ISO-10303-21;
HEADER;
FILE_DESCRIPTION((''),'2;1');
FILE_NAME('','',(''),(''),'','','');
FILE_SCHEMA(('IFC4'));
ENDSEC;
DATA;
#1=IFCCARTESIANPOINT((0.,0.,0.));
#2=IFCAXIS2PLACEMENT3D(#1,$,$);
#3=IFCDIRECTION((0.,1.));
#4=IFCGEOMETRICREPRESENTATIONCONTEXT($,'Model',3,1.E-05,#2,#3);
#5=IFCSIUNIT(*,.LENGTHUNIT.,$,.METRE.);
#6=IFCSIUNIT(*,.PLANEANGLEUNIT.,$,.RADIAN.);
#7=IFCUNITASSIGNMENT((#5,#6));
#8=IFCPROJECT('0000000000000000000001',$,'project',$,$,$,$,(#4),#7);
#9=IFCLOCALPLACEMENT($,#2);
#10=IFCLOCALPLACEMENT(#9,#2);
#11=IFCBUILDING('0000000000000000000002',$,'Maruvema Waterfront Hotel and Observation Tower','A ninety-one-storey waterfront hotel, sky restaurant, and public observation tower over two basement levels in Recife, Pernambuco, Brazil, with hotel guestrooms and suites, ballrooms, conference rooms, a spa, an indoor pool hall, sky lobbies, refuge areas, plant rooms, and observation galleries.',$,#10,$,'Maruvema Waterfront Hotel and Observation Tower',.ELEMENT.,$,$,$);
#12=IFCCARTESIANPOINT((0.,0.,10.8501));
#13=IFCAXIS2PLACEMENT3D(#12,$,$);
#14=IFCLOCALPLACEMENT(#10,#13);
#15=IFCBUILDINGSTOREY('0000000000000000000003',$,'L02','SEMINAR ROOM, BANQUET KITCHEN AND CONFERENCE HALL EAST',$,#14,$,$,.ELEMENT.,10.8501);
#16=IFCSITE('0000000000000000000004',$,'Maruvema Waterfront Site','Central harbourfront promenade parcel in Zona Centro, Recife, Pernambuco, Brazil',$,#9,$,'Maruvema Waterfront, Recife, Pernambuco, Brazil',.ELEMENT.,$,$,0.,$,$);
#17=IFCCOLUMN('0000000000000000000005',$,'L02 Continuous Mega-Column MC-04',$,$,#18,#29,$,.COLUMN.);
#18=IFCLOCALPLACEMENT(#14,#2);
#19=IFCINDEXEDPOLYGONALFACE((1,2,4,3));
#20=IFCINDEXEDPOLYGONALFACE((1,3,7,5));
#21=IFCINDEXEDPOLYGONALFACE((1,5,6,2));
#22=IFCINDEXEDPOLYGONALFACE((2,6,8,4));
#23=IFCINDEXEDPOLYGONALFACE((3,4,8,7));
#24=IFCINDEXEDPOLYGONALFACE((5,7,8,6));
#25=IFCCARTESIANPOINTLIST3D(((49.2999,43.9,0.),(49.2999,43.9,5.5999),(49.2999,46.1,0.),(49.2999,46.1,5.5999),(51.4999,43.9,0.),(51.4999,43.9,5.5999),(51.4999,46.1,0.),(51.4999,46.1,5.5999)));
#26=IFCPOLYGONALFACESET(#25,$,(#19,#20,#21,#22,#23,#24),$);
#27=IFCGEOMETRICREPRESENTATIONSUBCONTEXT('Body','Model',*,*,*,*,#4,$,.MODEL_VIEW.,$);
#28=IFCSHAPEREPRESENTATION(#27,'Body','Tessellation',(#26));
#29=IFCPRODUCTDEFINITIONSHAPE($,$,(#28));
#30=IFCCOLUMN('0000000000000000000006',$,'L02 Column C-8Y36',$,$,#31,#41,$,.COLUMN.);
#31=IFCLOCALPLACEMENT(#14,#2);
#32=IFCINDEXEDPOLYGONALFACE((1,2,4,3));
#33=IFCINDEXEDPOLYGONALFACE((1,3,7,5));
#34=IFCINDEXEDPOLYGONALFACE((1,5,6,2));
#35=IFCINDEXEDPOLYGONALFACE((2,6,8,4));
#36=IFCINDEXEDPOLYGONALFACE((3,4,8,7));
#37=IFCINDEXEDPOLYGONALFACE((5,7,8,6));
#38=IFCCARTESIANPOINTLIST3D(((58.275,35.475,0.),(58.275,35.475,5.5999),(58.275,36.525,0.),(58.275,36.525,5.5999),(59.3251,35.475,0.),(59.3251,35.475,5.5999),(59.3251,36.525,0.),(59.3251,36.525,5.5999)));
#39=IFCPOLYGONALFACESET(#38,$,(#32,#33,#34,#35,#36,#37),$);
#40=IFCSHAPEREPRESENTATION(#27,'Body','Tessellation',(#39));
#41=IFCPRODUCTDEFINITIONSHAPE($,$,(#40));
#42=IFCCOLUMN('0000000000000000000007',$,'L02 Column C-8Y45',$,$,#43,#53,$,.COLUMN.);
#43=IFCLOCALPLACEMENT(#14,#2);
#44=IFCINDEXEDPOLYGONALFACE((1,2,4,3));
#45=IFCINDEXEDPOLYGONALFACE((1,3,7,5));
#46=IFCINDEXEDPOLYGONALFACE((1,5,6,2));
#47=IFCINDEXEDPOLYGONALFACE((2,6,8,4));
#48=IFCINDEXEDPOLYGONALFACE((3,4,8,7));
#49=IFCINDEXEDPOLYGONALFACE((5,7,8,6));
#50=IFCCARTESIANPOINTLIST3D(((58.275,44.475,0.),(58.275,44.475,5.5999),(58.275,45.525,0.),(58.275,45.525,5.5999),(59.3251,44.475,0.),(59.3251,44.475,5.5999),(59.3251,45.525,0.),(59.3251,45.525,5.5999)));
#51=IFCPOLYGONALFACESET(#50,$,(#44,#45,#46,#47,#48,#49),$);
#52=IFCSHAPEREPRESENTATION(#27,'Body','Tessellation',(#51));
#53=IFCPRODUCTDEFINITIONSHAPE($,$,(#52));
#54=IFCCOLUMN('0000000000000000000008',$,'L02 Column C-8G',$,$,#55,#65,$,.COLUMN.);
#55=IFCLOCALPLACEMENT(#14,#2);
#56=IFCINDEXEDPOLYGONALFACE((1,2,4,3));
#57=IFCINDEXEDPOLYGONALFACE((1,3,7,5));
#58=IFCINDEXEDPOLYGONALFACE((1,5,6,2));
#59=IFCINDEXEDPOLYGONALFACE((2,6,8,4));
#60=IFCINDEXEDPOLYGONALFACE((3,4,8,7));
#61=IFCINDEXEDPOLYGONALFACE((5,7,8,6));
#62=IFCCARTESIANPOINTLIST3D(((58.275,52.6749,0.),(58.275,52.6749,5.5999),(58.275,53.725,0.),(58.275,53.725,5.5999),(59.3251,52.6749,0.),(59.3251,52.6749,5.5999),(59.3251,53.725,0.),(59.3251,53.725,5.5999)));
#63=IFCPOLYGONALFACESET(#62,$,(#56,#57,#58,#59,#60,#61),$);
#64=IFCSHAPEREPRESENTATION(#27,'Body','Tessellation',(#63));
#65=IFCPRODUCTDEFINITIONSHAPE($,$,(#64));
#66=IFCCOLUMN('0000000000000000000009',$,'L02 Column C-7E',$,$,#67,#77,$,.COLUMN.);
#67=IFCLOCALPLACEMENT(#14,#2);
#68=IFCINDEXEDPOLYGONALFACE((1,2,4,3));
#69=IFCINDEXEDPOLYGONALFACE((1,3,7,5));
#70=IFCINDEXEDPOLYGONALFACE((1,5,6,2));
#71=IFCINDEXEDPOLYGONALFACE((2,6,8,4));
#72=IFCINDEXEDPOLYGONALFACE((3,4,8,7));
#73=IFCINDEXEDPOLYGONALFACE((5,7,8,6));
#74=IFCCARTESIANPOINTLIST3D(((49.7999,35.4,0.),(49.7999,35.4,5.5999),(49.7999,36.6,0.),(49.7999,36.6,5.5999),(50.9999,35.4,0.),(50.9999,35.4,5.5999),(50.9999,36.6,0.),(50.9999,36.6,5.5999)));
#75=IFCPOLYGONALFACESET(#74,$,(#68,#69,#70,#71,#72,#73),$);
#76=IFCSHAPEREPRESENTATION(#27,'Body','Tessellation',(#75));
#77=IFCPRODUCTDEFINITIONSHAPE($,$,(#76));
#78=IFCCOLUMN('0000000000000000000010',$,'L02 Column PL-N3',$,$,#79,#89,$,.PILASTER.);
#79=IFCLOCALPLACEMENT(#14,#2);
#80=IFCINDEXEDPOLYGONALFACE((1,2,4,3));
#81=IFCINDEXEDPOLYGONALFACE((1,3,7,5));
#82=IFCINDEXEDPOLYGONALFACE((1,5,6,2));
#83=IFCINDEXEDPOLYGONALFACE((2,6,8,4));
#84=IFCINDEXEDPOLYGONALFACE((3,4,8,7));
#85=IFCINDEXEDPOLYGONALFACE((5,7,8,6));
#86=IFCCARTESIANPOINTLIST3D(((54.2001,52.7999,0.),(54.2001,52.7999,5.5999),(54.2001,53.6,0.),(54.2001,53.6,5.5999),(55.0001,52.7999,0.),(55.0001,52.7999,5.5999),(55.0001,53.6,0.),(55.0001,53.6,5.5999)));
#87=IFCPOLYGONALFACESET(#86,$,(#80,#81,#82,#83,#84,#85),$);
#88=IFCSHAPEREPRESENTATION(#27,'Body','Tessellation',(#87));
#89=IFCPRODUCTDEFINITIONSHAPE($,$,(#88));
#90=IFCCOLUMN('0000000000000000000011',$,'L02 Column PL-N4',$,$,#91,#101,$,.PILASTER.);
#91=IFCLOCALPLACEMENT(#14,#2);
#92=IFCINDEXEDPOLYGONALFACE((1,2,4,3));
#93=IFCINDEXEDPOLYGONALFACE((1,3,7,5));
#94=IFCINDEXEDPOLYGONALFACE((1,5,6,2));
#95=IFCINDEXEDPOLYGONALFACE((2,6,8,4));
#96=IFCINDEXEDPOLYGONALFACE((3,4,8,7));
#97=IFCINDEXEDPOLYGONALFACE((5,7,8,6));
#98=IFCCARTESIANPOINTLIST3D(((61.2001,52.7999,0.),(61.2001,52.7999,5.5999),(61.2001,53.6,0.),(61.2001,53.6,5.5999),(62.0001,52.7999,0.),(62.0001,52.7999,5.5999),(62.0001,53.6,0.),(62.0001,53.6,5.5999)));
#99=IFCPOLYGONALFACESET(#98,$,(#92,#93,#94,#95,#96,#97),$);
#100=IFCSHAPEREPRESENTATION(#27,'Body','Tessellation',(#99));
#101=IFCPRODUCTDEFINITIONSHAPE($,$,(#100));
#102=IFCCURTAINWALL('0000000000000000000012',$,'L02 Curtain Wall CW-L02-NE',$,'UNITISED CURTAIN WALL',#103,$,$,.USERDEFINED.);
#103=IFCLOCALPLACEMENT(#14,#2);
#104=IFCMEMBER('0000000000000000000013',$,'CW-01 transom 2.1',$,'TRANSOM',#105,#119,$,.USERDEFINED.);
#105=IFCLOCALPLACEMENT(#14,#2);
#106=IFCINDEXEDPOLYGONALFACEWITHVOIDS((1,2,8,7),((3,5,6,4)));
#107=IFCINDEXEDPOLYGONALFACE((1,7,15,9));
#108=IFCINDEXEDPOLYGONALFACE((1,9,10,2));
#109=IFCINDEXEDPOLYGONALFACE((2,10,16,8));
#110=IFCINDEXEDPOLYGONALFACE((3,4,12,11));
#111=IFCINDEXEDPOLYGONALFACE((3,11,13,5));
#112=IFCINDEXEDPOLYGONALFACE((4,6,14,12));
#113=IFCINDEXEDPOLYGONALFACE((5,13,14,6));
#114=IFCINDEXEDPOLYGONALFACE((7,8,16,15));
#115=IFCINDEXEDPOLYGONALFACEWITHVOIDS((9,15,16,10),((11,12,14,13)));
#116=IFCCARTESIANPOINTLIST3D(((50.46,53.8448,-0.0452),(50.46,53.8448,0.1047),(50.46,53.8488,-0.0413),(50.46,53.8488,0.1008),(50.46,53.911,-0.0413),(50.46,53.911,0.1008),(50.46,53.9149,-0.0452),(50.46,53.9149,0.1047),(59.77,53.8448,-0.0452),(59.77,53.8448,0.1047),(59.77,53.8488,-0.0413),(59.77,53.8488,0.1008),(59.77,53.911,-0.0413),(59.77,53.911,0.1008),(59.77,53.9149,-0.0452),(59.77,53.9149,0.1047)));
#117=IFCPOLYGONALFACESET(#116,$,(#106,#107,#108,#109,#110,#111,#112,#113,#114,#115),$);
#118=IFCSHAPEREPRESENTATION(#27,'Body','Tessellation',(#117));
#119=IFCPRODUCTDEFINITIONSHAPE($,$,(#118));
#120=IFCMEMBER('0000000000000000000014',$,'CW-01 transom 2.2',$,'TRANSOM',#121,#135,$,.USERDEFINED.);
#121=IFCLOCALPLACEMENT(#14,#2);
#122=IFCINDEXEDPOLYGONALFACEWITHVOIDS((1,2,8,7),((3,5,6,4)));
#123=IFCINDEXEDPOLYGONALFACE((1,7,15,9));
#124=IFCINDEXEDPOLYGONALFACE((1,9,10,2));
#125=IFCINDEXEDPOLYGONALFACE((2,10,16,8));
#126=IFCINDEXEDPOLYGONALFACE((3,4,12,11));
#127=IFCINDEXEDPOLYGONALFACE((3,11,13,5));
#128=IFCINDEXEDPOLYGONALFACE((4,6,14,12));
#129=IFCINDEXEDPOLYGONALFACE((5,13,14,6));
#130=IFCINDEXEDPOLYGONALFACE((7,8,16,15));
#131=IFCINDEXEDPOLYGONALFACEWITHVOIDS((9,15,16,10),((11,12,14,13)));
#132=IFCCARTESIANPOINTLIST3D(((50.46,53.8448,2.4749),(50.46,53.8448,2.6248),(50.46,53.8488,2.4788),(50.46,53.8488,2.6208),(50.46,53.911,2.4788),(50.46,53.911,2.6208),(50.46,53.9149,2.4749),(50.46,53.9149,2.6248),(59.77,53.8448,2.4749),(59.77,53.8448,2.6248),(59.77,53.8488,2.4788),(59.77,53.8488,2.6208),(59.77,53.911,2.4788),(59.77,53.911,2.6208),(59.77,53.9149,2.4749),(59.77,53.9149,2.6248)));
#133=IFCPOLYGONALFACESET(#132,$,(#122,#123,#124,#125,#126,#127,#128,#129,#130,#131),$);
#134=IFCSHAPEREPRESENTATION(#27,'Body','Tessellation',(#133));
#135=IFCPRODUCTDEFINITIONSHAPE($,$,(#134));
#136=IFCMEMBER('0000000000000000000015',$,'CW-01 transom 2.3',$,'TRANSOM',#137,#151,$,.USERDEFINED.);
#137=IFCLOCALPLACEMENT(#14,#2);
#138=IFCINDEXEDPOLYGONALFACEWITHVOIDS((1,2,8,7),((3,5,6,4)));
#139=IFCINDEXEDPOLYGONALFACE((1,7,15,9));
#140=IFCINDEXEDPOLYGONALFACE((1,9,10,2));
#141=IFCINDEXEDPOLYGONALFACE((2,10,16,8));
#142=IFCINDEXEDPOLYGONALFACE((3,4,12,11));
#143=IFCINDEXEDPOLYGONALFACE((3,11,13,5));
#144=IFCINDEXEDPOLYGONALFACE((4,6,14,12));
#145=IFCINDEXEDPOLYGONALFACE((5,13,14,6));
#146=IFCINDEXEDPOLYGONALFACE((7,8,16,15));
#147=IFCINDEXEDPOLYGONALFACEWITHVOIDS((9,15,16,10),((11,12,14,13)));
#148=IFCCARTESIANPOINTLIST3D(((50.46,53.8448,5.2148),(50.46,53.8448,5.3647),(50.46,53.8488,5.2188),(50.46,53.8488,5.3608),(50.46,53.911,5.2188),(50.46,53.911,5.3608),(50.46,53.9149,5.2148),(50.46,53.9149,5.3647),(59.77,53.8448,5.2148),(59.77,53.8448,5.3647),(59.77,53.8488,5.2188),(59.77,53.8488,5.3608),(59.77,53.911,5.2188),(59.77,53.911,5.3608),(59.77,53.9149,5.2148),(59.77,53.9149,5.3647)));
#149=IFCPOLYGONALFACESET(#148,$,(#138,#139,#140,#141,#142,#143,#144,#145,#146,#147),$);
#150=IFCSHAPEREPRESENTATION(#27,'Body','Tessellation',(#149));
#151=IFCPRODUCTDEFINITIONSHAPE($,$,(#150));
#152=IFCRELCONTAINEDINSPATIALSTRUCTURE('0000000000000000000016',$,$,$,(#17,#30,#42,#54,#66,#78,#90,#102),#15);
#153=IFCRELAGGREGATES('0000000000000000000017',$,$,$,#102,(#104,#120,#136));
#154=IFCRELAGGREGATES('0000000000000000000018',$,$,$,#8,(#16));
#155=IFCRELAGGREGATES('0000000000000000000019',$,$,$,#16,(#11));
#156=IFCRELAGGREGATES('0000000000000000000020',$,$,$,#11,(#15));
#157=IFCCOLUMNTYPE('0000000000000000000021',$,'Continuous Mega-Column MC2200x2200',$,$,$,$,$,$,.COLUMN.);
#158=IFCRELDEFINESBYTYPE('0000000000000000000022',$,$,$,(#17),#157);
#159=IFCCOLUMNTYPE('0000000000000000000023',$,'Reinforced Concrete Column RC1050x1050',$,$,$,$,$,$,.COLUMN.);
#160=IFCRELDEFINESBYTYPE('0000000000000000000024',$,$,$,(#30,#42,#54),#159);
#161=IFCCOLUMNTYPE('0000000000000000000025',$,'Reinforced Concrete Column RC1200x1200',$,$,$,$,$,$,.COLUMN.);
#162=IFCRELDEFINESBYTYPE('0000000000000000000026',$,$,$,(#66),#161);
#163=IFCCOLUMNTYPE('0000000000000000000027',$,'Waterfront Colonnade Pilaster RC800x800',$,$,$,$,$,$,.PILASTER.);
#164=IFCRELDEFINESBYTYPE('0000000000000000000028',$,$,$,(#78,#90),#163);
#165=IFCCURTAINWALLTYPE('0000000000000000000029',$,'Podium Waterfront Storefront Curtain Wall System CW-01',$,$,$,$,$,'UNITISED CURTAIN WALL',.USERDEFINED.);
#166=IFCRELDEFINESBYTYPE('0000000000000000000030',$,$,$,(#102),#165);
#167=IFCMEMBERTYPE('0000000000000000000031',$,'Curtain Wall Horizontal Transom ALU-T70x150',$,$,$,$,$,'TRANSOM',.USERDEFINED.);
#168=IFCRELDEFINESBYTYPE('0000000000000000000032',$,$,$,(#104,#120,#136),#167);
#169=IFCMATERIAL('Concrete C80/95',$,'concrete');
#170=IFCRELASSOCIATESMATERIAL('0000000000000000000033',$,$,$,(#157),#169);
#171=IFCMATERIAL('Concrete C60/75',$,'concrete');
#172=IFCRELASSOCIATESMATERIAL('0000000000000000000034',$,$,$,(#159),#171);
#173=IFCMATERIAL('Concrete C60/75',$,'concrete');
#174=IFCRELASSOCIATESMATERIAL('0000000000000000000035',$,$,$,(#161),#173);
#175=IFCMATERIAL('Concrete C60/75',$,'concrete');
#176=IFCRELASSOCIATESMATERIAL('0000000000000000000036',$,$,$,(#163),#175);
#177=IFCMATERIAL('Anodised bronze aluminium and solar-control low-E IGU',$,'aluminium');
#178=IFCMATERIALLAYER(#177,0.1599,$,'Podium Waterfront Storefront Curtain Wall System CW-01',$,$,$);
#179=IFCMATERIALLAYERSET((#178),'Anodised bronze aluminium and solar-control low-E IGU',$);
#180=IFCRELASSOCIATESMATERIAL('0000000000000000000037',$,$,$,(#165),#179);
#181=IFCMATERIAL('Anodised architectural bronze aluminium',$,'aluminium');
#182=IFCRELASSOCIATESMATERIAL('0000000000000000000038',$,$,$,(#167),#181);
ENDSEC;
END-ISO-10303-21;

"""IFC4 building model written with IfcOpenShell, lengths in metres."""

from ifc_helpers import new_model, si_unit, direction, frame, origin, origin_2d, place, context, subcontext, project, spatial, rectangle, hollow_rectangle, extrude, material, layer, layer_set, material_profile, profile_set, type_object, element, aggregate, save


model = new_model("IFC4")

# Units and contexts
model_context = context("Model", 3, precision=1e-05, world=origin(), true_north=direction((0.0, 1.0)))
body_context = subcontext(model_context, "Body", "Model", "MODEL_VIEW")
ifc_project = project(units=[si_unit("LENGTHUNIT", "METRE"), si_unit("PLANEANGLEUNIT", "RADIAN")], contexts=[model_context])

# Site, building, storey
site_placement = place(None, origin())
site = spatial("IfcSite", under=ifc_project, at=site_placement, Name="Maruvema Waterfront Site", Description="Central harbourfront promenade parcel in Zona Centro, Recife, Pernambuco, Brazil", LongName="Maruvema Waterfront, Recife, Pernambuco, Brazil", CompositionType="ELEMENT", RefElevation=0.0)
building_placement = place(site_placement, origin())
building = spatial("IfcBuilding", under=site, at=building_placement, Name="Maruvema Waterfront Hotel and Observation Tower", Description="A ninety-one-storey waterfront hotel, sky restaurant, and public observation tower over two basement levels in Recife, Pernambuco, Brazil, with hotel guestrooms and suites, ballrooms, conference rooms, a spa, an indoor pool hall, sky lobbies, refuge areas, plant rooms, and observation galleries.", LongName="Maruvema Waterfront Hotel and Observation Tower", CompositionType="ELEMENT")
storey_placement = place(building_placement, frame((0.0, 0.0, 10.8501)))
storey = spatial("IfcBuildingStorey", under=building, at=storey_placement, Name="L02", Description="SEMINAR ROOM, BANQUET KITCHEN AND CONFERENCE HALL EAST", CompositionType="ELEMENT", Elevation=10.8501)

# Columns
ifc_material_1 = material(Name="Concrete C80/95", Category="concrete")
ifc_material_profile_1 = material_profile(ifc_material_1, rectangle(XDim=2.2, YDim=2.2, at=origin_2d()), Name="MC2200x2200")
ifc_profile_set_1 = profile_set([ifc_material_profile_1], Name="Concrete C80/95")
column_type_1 = type_object("IfcColumnType", Name="Continuous Mega-Column MC2200x2200", PredefinedType="COLUMN", material=ifc_profile_set_1)
column_1_placement = place(storey_placement, frame((50.3999, 45.0, 0.0), z_axis=(0.0, 0.0, 1.0), x_axis=(1.0, 0.0, 0.0)))
element("IfcColumn", 1, at=column_1_placement, inside=storey, type_object=column_type_1, Name="L02 Continuous Mega-Column MC-04", PredefinedType="COLUMN", context=body_context, shape_type="SweptSolid", body=[
    extrude(rectangle(XDim=2.2, YDim=2.2, at=origin_2d()), origin(), (0.0, 0.0, 1.0), 5.5999),
])
ifc_material_2 = material(Name="Concrete C60/75", Category="concrete")
ifc_material_profile_2 = material_profile(ifc_material_2, rectangle(XDim=1.05, YDim=1.05, at=origin_2d()), Name="RC1050x1050")
ifc_profile_set_2 = profile_set([ifc_material_profile_2], Name="Concrete C60/75")
column_type_2 = type_object("IfcColumnType", Name="Reinforced Concrete Column RC1050x1050", PredefinedType="COLUMN", material=ifc_profile_set_2)
for number, where, z_axis, x_axis, name in (
    (2, (58.8, 36.0, 0.0), (0.0, 0.0, 1.0), (1.0, 0.0, 0.0), "L02 Column C-8Y36"),
    (3, (58.8, 45.0, 0.0), (0.0, 0.0, 1.0), (1.0, 0.0, 0.0), "L02 Column C-8Y45"),
    (4, (58.8, 53.2, 0.0), (0.0, 0.0, 1.0), (1.0, 0.0, 0.0), "L02 Column C-8G"),
):
    element("IfcColumn", number, at=place(storey_placement, frame(where, z_axis=z_axis, x_axis=x_axis)), inside=storey, type_object=column_type_2, Name=name, PredefinedType="COLUMN", context=body_context, shape_type="SweptSolid", body=[
        extrude(rectangle(XDim=1.05, YDim=1.05, at=origin_2d()), origin(), (0.0, 0.0, 1.0), 5.5999),
    ])
ifc_material_3 = material(Name="Concrete C60/75", Category="concrete")
ifc_material_profile_3 = material_profile(ifc_material_3, rectangle(XDim=1.2, YDim=1.2, at=origin_2d()), Name="RC1200x1200")
ifc_profile_set_3 = profile_set([ifc_material_profile_3], Name="Concrete C60/75")
column_type_3 = type_object("IfcColumnType", Name="Reinforced Concrete Column RC1200x1200", PredefinedType="COLUMN", material=ifc_profile_set_3)
column_2_placement = place(storey_placement, frame((50.3999, 36.0, 0.0), z_axis=(0.0, 0.0, 1.0), x_axis=(1.0, 0.0, 0.0)))
element("IfcColumn", 5, at=column_2_placement, inside=storey, type_object=column_type_3, Name="L02 Column C-7E", PredefinedType="COLUMN", context=body_context, shape_type="SweptSolid", body=[
    extrude(rectangle(XDim=1.2, YDim=1.2, at=origin_2d()), origin(), (0.0, 0.0, 1.0), 5.5999),
])
ifc_material_4 = material(Name="Concrete C60/75", Category="concrete")
ifc_material_profile_4 = material_profile(ifc_material_4, rectangle(XDim=0.8, YDim=0.8, at=origin_2d()), Name="RC800x800")
ifc_profile_set_4 = profile_set([ifc_material_profile_4], Name="Concrete C60/75")
column_type_4 = type_object("IfcColumnType", Name="Waterfront Colonnade Pilaster RC800x800", PredefinedType="PILASTER", material=ifc_profile_set_4)
for number, where, z_axis, x_axis, name in (
    (6, (54.6001, 53.2, 0.0), (0.0, 0.0, 1.0), (1.0, 0.0, 0.0), "L02 Column PL-N3"),
    (7, (61.6001, 53.2, 0.0), (0.0, 0.0, 1.0), (1.0, 0.0, 0.0), "L02 Column PL-N4"),
):
    element("IfcColumn", number, at=place(storey_placement, frame(where, z_axis=z_axis, x_axis=x_axis)), inside=storey, type_object=column_type_4, Name=name, PredefinedType="PILASTER", context=body_context, shape_type="SweptSolid", body=[
        extrude(rectangle(XDim=0.8, YDim=0.8, at=origin_2d()), origin(), (0.0, 0.0, 1.0), 5.5999),
    ])

# Curtain wall, members
ifc_material_5 = material(Name="Anodised bronze aluminium and solar-control low-E IGU", Category="aluminium")
ifc_layer_1 = layer(ifc_material_5, 0.1599, Name="Podium Waterfront Storefront Curtain Wall System CW-01")
ifc_layer_set_1 = layer_set([ifc_layer_1], Name="Anodised bronze aluminium and solar-control low-E IGU")
curtain_wall_type = type_object("IfcCurtainWallType", Name="Podium Waterfront Storefront Curtain Wall System CW-01", ElementType="UNITISED CURTAIN WALL", PredefinedType="USERDEFINED", material=ifc_layer_set_1)
curtain_wall_placement = place(storey_placement, origin())
curtain_wall = element("IfcCurtainWall", 8, at=curtain_wall_placement, inside=storey, type_object=curtain_wall_type, Name="L02 Curtain Wall CW-L02-NE", ObjectType="UNITISED CURTAIN WALL", PredefinedType="USERDEFINED")
ifc_material_6 = material(Name="Anodised architectural bronze aluminium", Category="aluminium")
ifc_material_profile_5 = material_profile(ifc_material_6, hollow_rectangle(XDim=0.0701, YDim=0.1499, WallThickness=0.0039, at=origin_2d()), Name="ALU-T70x150")
ifc_profile_set_5 = profile_set([ifc_material_profile_5], Name="Anodised architectural bronze aluminium")
member_type_1 = type_object("IfcMemberType", Name="Curtain Wall Horizontal Transom ALU-T70x150", ElementType="TRANSOM", PredefinedType="USERDEFINED", material=ifc_profile_set_5)
member_1_placement = place(storey_placement, frame((59.77, 53.8799, 0.0298), z_axis=(-1.0, 0.0, 0.0), x_axis=(0.0, -1.0, 0.0)))
member_1 = element("IfcMember", 9, at=member_1_placement, type_object=member_type_1, Name="CW-01 transom 2.1", ObjectType="TRANSOM", PredefinedType="USERDEFINED", context=body_context, shape_type="SweptSolid", body=[
    extrude(hollow_rectangle(XDim=0.0701, YDim=0.1499, WallThickness=0.0039, at=origin_2d()), origin(), (0.0, 0.0, 1.0), 9.3101),
])
member_2_placement = place(storey_placement, frame((59.77, 53.8799, 2.5498), z_axis=(-1.0, 0.0, 0.0), x_axis=(0.0, -1.0, 0.0)))
member_2 = element("IfcMember", 10, at=member_2_placement, type_object=member_type_1, Name="CW-01 transom 2.2", ObjectType="TRANSOM", PredefinedType="USERDEFINED", context=body_context, shape_type="SweptSolid", body=[
    extrude(hollow_rectangle(XDim=0.0701, YDim=0.1499, WallThickness=0.0039, at=origin_2d()), origin(), (0.0, 0.0, 1.0), 9.3101),
])
member_3_placement = place(storey_placement, frame((59.77, 53.8799, 5.2898), z_axis=(-1.0, 0.0, 0.0), x_axis=(0.0, -1.0, 0.0)))
member_3 = element("IfcMember", 11, at=member_3_placement, type_object=member_type_1, Name="CW-01 transom 2.3", ObjectType="TRANSOM", PredefinedType="USERDEFINED", context=body_context, shape_type="SweptSolid", body=[
    extrude(hollow_rectangle(XDim=0.0701, YDim=0.1499, WallThickness=0.0039, at=origin_2d()), origin(), (0.0, 0.0, 1.0), 9.3101),
])

aggregate(curtain_wall, [member_1, member_2, member_3])

save(model, "model.ifc")
